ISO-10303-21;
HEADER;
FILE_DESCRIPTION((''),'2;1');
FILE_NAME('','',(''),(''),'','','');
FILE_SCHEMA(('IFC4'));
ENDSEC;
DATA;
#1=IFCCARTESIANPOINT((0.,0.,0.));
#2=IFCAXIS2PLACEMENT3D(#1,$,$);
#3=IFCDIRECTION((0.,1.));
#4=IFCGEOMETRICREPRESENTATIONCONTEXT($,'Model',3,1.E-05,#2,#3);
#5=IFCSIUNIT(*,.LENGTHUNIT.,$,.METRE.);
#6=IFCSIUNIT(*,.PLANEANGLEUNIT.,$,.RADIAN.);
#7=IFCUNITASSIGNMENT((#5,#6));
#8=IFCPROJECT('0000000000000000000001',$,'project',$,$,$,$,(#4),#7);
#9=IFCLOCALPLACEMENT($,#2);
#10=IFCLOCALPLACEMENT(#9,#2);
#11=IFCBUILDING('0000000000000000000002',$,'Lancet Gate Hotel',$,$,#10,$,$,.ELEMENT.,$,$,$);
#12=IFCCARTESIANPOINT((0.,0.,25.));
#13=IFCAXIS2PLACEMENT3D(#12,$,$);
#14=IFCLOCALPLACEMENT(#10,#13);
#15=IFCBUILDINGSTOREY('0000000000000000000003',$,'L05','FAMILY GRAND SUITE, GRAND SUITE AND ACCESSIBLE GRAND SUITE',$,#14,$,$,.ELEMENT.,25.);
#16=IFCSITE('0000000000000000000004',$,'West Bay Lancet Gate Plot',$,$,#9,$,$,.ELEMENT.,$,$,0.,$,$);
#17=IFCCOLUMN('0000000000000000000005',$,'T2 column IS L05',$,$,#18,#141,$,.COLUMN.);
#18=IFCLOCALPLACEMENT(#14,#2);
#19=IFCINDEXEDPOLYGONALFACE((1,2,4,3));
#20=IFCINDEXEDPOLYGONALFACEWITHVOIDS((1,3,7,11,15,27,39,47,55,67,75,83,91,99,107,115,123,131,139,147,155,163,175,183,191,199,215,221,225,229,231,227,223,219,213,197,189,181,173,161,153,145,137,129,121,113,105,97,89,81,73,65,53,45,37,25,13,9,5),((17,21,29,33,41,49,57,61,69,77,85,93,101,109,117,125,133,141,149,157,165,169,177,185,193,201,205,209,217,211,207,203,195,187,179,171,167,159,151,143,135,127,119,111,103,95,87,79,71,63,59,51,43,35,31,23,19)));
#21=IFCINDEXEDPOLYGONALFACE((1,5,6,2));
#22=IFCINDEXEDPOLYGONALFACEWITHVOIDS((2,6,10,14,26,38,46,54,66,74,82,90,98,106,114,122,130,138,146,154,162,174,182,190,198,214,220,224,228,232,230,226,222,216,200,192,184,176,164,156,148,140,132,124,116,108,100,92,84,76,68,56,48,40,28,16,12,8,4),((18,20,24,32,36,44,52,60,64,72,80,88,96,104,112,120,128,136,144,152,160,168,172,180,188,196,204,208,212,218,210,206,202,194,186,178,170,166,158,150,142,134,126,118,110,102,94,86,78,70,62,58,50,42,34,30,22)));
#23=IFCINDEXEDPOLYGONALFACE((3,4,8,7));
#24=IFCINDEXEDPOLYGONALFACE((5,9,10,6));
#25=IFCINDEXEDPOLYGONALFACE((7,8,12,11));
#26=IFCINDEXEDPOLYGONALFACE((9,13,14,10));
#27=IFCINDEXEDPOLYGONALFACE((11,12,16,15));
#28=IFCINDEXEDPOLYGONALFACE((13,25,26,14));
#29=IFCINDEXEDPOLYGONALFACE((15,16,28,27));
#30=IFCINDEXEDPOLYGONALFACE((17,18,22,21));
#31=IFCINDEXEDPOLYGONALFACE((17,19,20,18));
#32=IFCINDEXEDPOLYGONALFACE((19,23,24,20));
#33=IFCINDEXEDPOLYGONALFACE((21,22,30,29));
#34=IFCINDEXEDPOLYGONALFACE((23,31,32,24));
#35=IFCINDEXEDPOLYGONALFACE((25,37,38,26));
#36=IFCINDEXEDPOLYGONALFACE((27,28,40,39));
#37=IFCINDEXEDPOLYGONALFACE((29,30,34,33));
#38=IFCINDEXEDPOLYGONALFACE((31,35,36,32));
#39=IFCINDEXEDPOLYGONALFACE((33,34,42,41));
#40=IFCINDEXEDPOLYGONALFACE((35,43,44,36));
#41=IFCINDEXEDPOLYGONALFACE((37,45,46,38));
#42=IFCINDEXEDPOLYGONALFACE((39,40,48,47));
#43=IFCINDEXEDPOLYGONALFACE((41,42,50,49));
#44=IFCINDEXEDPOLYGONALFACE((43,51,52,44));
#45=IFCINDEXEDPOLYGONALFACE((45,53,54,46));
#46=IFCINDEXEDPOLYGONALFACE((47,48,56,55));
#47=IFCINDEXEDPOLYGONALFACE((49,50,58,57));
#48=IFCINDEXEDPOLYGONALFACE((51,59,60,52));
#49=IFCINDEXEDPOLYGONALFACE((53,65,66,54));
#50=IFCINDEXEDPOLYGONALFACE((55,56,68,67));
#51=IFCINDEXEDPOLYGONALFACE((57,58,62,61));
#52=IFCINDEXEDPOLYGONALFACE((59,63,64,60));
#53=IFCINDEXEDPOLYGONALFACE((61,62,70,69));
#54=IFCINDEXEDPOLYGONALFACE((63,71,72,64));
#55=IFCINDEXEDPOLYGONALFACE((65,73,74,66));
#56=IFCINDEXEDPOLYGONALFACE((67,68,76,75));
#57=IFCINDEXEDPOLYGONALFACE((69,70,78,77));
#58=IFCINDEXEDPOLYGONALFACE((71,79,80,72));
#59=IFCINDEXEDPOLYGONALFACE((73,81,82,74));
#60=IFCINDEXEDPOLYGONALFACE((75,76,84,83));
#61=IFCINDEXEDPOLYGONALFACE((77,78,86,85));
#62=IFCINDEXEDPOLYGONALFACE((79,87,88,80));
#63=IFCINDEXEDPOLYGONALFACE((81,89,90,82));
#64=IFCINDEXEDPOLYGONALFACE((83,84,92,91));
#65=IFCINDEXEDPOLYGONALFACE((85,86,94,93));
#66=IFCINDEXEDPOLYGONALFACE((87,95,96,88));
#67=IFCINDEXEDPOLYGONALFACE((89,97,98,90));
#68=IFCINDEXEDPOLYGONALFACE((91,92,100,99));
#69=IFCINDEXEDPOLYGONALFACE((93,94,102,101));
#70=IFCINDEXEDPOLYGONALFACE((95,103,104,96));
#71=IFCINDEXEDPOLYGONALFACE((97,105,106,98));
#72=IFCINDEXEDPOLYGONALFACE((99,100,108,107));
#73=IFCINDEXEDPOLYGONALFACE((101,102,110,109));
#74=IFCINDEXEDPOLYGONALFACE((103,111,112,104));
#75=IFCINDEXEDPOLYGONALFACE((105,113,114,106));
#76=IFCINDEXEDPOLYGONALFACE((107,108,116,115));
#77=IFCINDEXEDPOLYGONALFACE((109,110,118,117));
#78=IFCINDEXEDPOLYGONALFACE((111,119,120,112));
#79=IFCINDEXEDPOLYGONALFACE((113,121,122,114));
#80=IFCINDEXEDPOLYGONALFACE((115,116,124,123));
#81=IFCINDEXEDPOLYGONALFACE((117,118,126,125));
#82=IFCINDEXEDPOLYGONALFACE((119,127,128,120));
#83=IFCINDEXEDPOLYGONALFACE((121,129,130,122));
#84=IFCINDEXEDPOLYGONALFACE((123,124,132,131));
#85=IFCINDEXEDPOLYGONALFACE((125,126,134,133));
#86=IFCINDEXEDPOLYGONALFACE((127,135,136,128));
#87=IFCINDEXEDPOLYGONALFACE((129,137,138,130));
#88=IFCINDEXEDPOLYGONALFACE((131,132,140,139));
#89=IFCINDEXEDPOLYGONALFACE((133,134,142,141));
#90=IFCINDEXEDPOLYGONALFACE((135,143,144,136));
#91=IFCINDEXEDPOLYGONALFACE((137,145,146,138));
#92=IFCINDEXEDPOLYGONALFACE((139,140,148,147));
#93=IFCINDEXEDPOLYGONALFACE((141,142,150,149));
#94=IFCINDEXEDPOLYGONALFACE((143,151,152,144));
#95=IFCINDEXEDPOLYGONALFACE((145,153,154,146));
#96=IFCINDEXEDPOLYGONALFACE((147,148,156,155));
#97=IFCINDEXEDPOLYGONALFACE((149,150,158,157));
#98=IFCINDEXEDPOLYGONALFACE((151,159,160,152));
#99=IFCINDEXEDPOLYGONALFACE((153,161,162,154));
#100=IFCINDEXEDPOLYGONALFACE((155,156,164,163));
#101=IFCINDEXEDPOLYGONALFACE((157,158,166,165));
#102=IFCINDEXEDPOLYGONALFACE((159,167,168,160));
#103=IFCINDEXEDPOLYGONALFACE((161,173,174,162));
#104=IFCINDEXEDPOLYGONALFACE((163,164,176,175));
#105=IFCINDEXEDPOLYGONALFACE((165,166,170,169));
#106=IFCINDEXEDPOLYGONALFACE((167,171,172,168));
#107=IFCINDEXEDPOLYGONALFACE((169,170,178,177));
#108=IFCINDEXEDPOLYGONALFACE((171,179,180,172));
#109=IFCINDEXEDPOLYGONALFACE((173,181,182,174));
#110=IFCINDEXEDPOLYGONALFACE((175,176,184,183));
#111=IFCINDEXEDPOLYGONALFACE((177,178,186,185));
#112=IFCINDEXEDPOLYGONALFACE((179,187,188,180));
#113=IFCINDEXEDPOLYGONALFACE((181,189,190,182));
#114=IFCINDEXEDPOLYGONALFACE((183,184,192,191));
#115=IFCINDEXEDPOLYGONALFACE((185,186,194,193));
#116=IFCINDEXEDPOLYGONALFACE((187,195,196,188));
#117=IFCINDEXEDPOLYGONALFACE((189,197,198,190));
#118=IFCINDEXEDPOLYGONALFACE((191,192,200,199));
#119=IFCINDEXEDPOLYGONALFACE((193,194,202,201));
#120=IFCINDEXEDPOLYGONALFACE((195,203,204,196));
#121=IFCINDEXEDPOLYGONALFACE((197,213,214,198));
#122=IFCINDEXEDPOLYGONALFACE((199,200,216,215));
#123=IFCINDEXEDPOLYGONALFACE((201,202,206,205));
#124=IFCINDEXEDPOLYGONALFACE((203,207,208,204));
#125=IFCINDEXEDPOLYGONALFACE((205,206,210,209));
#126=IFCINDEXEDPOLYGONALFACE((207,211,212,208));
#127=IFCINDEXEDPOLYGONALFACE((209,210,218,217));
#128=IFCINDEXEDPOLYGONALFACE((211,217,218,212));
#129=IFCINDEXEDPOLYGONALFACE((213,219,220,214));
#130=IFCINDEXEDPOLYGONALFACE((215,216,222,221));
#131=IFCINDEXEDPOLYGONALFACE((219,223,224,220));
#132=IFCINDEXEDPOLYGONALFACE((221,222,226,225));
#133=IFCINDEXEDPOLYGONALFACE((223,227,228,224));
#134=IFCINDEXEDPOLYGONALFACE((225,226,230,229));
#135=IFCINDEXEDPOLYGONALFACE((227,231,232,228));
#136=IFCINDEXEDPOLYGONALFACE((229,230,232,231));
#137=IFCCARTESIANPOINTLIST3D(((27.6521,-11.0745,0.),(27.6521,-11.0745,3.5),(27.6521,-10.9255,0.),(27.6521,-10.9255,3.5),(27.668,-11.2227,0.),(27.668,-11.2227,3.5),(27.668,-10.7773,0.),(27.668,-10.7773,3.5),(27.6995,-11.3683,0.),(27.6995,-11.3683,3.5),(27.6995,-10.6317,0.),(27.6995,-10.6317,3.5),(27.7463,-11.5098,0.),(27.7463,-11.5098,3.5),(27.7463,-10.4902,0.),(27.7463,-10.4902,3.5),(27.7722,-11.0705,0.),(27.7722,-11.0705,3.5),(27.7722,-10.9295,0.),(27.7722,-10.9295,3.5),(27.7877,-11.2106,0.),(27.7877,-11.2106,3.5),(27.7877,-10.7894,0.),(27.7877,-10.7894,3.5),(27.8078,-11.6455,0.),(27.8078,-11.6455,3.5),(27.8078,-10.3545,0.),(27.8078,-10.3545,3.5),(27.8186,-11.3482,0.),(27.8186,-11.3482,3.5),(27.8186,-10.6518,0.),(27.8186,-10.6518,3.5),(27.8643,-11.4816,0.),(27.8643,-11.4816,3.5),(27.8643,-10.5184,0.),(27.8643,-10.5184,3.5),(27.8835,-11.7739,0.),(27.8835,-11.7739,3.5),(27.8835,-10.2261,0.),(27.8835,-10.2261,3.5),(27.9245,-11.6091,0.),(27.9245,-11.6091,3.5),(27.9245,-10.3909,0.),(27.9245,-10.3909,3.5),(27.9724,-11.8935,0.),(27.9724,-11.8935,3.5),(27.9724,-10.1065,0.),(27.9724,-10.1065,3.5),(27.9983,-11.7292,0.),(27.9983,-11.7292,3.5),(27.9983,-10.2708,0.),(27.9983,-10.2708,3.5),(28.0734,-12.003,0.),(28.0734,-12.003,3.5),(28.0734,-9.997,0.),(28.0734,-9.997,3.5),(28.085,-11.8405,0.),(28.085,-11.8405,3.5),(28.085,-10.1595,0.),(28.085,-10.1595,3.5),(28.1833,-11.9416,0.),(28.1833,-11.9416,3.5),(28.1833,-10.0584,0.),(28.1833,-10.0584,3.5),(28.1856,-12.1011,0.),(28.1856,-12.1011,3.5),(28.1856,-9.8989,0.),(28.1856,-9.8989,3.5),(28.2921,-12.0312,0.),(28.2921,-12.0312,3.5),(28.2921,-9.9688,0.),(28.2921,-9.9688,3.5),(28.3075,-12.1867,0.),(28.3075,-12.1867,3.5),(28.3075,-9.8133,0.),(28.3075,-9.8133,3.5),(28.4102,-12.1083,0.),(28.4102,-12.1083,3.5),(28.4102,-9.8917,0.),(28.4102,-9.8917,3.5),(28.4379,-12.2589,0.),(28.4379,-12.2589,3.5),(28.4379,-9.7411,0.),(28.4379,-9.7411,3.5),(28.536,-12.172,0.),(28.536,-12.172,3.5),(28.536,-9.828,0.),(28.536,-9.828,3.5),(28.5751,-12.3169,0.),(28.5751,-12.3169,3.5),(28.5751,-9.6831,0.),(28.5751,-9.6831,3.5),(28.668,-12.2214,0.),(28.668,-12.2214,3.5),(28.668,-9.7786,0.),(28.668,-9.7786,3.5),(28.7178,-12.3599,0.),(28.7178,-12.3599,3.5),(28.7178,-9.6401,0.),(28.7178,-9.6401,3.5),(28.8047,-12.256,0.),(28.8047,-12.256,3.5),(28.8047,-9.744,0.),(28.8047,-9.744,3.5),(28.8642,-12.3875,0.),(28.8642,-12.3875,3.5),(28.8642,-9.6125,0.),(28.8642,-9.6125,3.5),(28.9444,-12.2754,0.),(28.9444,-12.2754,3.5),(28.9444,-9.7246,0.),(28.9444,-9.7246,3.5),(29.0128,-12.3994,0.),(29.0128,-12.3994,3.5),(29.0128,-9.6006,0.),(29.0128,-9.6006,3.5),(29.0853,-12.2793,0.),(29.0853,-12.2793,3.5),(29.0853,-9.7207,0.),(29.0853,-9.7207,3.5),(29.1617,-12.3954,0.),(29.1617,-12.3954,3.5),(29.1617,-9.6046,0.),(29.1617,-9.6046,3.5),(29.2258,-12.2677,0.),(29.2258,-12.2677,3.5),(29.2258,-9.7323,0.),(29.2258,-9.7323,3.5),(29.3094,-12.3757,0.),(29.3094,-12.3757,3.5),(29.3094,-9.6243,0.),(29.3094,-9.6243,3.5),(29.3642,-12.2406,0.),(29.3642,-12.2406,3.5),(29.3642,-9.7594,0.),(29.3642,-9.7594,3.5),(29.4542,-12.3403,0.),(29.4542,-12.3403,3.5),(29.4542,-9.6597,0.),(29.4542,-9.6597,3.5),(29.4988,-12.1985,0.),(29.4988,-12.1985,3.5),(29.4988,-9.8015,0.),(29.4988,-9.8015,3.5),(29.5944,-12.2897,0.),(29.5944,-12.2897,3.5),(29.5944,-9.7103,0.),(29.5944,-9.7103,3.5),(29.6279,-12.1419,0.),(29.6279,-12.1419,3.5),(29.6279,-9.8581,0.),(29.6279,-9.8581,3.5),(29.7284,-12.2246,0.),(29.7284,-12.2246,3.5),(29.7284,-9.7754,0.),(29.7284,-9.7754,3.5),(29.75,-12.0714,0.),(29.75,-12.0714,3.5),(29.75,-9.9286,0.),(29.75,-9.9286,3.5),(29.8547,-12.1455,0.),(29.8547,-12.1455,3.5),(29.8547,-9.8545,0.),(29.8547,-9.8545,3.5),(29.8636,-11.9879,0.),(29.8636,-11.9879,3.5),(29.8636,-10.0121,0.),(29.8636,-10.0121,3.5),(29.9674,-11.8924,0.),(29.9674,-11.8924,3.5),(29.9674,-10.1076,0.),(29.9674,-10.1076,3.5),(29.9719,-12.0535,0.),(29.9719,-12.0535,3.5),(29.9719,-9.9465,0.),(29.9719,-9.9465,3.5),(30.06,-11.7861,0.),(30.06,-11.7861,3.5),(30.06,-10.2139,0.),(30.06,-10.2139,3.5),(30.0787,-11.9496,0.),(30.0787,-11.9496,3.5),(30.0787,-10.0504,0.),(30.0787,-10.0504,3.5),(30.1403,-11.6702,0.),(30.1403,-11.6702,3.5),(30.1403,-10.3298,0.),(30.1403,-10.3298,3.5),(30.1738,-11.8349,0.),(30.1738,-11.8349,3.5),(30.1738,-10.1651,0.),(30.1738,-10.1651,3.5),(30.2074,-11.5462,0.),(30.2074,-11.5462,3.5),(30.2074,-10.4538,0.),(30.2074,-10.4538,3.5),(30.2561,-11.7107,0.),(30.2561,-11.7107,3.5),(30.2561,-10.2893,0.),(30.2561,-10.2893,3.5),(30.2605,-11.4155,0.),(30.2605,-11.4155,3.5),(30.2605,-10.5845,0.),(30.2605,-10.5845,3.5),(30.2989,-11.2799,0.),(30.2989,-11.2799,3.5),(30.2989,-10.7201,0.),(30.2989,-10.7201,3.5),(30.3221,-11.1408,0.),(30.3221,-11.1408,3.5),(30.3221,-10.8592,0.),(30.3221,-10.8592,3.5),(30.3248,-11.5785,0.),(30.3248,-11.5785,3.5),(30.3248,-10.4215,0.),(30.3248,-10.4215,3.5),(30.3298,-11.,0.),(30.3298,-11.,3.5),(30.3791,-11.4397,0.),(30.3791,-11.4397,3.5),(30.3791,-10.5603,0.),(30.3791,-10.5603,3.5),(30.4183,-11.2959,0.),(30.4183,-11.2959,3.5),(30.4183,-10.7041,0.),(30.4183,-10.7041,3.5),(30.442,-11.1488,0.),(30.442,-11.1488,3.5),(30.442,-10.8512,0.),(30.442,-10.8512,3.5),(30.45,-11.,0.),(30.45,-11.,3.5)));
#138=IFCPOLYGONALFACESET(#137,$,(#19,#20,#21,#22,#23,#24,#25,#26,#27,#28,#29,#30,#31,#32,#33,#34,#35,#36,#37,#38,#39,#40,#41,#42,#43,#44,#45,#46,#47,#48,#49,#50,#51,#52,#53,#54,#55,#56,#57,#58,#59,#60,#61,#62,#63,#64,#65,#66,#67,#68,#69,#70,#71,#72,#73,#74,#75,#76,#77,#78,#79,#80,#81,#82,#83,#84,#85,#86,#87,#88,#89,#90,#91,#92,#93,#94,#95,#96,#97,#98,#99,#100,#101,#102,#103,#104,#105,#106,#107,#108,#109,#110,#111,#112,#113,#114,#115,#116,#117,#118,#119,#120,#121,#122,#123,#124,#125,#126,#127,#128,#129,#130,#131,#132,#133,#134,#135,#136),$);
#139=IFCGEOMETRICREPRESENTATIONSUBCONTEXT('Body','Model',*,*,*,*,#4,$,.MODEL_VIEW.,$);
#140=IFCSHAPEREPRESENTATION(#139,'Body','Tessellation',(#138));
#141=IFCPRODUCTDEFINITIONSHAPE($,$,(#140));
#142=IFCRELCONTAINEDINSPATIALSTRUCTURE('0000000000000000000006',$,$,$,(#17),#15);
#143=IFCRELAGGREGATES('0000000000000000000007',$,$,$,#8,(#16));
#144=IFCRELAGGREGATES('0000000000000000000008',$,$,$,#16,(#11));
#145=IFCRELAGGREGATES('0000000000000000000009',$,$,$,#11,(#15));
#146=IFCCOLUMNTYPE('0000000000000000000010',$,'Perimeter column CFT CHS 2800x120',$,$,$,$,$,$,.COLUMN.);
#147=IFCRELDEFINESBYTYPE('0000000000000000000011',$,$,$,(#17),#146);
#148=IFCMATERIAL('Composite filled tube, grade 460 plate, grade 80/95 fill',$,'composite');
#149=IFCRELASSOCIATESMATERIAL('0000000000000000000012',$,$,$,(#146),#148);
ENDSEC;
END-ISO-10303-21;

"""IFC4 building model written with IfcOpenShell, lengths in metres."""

from ifc_helpers import new_model, si_unit, direction, frame, origin, origin_2d, place, context, subcontext, project, spatial, hollow_circle, extrude, material, material_profile, profile_set, type_object, element, save


model = new_model("IFC4")

# Units and contexts
model_context = context("Model", 3, precision=1e-05, world=origin(), true_north=direction((0.0, 1.0)))
body_context = subcontext(model_context, "Body", "Model", "MODEL_VIEW")
ifc_project = project(units=[si_unit("LENGTHUNIT", "METRE"), si_unit("PLANEANGLEUNIT", "RADIAN")], contexts=[model_context])

# Site, building, storey
site_placement = place(None, origin())
site = spatial("IfcSite", under=ifc_project, at=site_placement, Name="West Bay Lancet Gate Plot", CompositionType="ELEMENT", RefElevation=0.0)
building_placement = place(site_placement, origin())
building = spatial("IfcBuilding", under=site, at=building_placement, Name="Lancet Gate Hotel", CompositionType="ELEMENT")
storey_placement = place(building_placement, frame((0.0, 0.0, 25.0)))
storey = spatial("IfcBuildingStorey", under=building, at=storey_placement, Name="L05", Description="FAMILY GRAND SUITE, GRAND SUITE AND ACCESSIBLE GRAND SUITE", CompositionType="ELEMENT", Elevation=25.0)

# Column
ifc_material_1 = material(Name="Composite filled tube, grade 460 plate, grade 80/95 fill", Category="composite")
ifc_material_profile_1 = material_profile(ifc_material_1, hollow_circle(Radius=1.3999, WallThickness=0.1201, at=origin_2d()), Name="CHS 2800x120")
ifc_profile_set_1 = profile_set([ifc_material_profile_1], Name="Composite filled tube, grade 460 plate, grade 80/95 fill")
column_type = type_object("IfcColumnType", Name="Perimeter column CFT CHS 2800x120", PredefinedType="COLUMN", material=ifc_profile_set_1)
for number, where, z_axis, x_axis, name in (
    (1, (29.05, -11.0, 0.0), (0.0, 0.0, 1.0), (1.0, 0.0, 0.0), "T2 column IS L05"),
):
    element("IfcColumn", number, at=place(storey_placement, frame(where, z_axis=z_axis, x_axis=x_axis)), inside=storey, type_object=column_type, Name=name, PredefinedType="COLUMN", context=body_context, shape_type="SweptSolid", body=[
        extrude(hollow_circle(Radius=1.3999, WallThickness=0.1201, at=origin_2d()), origin(), (0.0, 0.0, 1.0), 3.5),
    ])

save(model, "model.ifc")
